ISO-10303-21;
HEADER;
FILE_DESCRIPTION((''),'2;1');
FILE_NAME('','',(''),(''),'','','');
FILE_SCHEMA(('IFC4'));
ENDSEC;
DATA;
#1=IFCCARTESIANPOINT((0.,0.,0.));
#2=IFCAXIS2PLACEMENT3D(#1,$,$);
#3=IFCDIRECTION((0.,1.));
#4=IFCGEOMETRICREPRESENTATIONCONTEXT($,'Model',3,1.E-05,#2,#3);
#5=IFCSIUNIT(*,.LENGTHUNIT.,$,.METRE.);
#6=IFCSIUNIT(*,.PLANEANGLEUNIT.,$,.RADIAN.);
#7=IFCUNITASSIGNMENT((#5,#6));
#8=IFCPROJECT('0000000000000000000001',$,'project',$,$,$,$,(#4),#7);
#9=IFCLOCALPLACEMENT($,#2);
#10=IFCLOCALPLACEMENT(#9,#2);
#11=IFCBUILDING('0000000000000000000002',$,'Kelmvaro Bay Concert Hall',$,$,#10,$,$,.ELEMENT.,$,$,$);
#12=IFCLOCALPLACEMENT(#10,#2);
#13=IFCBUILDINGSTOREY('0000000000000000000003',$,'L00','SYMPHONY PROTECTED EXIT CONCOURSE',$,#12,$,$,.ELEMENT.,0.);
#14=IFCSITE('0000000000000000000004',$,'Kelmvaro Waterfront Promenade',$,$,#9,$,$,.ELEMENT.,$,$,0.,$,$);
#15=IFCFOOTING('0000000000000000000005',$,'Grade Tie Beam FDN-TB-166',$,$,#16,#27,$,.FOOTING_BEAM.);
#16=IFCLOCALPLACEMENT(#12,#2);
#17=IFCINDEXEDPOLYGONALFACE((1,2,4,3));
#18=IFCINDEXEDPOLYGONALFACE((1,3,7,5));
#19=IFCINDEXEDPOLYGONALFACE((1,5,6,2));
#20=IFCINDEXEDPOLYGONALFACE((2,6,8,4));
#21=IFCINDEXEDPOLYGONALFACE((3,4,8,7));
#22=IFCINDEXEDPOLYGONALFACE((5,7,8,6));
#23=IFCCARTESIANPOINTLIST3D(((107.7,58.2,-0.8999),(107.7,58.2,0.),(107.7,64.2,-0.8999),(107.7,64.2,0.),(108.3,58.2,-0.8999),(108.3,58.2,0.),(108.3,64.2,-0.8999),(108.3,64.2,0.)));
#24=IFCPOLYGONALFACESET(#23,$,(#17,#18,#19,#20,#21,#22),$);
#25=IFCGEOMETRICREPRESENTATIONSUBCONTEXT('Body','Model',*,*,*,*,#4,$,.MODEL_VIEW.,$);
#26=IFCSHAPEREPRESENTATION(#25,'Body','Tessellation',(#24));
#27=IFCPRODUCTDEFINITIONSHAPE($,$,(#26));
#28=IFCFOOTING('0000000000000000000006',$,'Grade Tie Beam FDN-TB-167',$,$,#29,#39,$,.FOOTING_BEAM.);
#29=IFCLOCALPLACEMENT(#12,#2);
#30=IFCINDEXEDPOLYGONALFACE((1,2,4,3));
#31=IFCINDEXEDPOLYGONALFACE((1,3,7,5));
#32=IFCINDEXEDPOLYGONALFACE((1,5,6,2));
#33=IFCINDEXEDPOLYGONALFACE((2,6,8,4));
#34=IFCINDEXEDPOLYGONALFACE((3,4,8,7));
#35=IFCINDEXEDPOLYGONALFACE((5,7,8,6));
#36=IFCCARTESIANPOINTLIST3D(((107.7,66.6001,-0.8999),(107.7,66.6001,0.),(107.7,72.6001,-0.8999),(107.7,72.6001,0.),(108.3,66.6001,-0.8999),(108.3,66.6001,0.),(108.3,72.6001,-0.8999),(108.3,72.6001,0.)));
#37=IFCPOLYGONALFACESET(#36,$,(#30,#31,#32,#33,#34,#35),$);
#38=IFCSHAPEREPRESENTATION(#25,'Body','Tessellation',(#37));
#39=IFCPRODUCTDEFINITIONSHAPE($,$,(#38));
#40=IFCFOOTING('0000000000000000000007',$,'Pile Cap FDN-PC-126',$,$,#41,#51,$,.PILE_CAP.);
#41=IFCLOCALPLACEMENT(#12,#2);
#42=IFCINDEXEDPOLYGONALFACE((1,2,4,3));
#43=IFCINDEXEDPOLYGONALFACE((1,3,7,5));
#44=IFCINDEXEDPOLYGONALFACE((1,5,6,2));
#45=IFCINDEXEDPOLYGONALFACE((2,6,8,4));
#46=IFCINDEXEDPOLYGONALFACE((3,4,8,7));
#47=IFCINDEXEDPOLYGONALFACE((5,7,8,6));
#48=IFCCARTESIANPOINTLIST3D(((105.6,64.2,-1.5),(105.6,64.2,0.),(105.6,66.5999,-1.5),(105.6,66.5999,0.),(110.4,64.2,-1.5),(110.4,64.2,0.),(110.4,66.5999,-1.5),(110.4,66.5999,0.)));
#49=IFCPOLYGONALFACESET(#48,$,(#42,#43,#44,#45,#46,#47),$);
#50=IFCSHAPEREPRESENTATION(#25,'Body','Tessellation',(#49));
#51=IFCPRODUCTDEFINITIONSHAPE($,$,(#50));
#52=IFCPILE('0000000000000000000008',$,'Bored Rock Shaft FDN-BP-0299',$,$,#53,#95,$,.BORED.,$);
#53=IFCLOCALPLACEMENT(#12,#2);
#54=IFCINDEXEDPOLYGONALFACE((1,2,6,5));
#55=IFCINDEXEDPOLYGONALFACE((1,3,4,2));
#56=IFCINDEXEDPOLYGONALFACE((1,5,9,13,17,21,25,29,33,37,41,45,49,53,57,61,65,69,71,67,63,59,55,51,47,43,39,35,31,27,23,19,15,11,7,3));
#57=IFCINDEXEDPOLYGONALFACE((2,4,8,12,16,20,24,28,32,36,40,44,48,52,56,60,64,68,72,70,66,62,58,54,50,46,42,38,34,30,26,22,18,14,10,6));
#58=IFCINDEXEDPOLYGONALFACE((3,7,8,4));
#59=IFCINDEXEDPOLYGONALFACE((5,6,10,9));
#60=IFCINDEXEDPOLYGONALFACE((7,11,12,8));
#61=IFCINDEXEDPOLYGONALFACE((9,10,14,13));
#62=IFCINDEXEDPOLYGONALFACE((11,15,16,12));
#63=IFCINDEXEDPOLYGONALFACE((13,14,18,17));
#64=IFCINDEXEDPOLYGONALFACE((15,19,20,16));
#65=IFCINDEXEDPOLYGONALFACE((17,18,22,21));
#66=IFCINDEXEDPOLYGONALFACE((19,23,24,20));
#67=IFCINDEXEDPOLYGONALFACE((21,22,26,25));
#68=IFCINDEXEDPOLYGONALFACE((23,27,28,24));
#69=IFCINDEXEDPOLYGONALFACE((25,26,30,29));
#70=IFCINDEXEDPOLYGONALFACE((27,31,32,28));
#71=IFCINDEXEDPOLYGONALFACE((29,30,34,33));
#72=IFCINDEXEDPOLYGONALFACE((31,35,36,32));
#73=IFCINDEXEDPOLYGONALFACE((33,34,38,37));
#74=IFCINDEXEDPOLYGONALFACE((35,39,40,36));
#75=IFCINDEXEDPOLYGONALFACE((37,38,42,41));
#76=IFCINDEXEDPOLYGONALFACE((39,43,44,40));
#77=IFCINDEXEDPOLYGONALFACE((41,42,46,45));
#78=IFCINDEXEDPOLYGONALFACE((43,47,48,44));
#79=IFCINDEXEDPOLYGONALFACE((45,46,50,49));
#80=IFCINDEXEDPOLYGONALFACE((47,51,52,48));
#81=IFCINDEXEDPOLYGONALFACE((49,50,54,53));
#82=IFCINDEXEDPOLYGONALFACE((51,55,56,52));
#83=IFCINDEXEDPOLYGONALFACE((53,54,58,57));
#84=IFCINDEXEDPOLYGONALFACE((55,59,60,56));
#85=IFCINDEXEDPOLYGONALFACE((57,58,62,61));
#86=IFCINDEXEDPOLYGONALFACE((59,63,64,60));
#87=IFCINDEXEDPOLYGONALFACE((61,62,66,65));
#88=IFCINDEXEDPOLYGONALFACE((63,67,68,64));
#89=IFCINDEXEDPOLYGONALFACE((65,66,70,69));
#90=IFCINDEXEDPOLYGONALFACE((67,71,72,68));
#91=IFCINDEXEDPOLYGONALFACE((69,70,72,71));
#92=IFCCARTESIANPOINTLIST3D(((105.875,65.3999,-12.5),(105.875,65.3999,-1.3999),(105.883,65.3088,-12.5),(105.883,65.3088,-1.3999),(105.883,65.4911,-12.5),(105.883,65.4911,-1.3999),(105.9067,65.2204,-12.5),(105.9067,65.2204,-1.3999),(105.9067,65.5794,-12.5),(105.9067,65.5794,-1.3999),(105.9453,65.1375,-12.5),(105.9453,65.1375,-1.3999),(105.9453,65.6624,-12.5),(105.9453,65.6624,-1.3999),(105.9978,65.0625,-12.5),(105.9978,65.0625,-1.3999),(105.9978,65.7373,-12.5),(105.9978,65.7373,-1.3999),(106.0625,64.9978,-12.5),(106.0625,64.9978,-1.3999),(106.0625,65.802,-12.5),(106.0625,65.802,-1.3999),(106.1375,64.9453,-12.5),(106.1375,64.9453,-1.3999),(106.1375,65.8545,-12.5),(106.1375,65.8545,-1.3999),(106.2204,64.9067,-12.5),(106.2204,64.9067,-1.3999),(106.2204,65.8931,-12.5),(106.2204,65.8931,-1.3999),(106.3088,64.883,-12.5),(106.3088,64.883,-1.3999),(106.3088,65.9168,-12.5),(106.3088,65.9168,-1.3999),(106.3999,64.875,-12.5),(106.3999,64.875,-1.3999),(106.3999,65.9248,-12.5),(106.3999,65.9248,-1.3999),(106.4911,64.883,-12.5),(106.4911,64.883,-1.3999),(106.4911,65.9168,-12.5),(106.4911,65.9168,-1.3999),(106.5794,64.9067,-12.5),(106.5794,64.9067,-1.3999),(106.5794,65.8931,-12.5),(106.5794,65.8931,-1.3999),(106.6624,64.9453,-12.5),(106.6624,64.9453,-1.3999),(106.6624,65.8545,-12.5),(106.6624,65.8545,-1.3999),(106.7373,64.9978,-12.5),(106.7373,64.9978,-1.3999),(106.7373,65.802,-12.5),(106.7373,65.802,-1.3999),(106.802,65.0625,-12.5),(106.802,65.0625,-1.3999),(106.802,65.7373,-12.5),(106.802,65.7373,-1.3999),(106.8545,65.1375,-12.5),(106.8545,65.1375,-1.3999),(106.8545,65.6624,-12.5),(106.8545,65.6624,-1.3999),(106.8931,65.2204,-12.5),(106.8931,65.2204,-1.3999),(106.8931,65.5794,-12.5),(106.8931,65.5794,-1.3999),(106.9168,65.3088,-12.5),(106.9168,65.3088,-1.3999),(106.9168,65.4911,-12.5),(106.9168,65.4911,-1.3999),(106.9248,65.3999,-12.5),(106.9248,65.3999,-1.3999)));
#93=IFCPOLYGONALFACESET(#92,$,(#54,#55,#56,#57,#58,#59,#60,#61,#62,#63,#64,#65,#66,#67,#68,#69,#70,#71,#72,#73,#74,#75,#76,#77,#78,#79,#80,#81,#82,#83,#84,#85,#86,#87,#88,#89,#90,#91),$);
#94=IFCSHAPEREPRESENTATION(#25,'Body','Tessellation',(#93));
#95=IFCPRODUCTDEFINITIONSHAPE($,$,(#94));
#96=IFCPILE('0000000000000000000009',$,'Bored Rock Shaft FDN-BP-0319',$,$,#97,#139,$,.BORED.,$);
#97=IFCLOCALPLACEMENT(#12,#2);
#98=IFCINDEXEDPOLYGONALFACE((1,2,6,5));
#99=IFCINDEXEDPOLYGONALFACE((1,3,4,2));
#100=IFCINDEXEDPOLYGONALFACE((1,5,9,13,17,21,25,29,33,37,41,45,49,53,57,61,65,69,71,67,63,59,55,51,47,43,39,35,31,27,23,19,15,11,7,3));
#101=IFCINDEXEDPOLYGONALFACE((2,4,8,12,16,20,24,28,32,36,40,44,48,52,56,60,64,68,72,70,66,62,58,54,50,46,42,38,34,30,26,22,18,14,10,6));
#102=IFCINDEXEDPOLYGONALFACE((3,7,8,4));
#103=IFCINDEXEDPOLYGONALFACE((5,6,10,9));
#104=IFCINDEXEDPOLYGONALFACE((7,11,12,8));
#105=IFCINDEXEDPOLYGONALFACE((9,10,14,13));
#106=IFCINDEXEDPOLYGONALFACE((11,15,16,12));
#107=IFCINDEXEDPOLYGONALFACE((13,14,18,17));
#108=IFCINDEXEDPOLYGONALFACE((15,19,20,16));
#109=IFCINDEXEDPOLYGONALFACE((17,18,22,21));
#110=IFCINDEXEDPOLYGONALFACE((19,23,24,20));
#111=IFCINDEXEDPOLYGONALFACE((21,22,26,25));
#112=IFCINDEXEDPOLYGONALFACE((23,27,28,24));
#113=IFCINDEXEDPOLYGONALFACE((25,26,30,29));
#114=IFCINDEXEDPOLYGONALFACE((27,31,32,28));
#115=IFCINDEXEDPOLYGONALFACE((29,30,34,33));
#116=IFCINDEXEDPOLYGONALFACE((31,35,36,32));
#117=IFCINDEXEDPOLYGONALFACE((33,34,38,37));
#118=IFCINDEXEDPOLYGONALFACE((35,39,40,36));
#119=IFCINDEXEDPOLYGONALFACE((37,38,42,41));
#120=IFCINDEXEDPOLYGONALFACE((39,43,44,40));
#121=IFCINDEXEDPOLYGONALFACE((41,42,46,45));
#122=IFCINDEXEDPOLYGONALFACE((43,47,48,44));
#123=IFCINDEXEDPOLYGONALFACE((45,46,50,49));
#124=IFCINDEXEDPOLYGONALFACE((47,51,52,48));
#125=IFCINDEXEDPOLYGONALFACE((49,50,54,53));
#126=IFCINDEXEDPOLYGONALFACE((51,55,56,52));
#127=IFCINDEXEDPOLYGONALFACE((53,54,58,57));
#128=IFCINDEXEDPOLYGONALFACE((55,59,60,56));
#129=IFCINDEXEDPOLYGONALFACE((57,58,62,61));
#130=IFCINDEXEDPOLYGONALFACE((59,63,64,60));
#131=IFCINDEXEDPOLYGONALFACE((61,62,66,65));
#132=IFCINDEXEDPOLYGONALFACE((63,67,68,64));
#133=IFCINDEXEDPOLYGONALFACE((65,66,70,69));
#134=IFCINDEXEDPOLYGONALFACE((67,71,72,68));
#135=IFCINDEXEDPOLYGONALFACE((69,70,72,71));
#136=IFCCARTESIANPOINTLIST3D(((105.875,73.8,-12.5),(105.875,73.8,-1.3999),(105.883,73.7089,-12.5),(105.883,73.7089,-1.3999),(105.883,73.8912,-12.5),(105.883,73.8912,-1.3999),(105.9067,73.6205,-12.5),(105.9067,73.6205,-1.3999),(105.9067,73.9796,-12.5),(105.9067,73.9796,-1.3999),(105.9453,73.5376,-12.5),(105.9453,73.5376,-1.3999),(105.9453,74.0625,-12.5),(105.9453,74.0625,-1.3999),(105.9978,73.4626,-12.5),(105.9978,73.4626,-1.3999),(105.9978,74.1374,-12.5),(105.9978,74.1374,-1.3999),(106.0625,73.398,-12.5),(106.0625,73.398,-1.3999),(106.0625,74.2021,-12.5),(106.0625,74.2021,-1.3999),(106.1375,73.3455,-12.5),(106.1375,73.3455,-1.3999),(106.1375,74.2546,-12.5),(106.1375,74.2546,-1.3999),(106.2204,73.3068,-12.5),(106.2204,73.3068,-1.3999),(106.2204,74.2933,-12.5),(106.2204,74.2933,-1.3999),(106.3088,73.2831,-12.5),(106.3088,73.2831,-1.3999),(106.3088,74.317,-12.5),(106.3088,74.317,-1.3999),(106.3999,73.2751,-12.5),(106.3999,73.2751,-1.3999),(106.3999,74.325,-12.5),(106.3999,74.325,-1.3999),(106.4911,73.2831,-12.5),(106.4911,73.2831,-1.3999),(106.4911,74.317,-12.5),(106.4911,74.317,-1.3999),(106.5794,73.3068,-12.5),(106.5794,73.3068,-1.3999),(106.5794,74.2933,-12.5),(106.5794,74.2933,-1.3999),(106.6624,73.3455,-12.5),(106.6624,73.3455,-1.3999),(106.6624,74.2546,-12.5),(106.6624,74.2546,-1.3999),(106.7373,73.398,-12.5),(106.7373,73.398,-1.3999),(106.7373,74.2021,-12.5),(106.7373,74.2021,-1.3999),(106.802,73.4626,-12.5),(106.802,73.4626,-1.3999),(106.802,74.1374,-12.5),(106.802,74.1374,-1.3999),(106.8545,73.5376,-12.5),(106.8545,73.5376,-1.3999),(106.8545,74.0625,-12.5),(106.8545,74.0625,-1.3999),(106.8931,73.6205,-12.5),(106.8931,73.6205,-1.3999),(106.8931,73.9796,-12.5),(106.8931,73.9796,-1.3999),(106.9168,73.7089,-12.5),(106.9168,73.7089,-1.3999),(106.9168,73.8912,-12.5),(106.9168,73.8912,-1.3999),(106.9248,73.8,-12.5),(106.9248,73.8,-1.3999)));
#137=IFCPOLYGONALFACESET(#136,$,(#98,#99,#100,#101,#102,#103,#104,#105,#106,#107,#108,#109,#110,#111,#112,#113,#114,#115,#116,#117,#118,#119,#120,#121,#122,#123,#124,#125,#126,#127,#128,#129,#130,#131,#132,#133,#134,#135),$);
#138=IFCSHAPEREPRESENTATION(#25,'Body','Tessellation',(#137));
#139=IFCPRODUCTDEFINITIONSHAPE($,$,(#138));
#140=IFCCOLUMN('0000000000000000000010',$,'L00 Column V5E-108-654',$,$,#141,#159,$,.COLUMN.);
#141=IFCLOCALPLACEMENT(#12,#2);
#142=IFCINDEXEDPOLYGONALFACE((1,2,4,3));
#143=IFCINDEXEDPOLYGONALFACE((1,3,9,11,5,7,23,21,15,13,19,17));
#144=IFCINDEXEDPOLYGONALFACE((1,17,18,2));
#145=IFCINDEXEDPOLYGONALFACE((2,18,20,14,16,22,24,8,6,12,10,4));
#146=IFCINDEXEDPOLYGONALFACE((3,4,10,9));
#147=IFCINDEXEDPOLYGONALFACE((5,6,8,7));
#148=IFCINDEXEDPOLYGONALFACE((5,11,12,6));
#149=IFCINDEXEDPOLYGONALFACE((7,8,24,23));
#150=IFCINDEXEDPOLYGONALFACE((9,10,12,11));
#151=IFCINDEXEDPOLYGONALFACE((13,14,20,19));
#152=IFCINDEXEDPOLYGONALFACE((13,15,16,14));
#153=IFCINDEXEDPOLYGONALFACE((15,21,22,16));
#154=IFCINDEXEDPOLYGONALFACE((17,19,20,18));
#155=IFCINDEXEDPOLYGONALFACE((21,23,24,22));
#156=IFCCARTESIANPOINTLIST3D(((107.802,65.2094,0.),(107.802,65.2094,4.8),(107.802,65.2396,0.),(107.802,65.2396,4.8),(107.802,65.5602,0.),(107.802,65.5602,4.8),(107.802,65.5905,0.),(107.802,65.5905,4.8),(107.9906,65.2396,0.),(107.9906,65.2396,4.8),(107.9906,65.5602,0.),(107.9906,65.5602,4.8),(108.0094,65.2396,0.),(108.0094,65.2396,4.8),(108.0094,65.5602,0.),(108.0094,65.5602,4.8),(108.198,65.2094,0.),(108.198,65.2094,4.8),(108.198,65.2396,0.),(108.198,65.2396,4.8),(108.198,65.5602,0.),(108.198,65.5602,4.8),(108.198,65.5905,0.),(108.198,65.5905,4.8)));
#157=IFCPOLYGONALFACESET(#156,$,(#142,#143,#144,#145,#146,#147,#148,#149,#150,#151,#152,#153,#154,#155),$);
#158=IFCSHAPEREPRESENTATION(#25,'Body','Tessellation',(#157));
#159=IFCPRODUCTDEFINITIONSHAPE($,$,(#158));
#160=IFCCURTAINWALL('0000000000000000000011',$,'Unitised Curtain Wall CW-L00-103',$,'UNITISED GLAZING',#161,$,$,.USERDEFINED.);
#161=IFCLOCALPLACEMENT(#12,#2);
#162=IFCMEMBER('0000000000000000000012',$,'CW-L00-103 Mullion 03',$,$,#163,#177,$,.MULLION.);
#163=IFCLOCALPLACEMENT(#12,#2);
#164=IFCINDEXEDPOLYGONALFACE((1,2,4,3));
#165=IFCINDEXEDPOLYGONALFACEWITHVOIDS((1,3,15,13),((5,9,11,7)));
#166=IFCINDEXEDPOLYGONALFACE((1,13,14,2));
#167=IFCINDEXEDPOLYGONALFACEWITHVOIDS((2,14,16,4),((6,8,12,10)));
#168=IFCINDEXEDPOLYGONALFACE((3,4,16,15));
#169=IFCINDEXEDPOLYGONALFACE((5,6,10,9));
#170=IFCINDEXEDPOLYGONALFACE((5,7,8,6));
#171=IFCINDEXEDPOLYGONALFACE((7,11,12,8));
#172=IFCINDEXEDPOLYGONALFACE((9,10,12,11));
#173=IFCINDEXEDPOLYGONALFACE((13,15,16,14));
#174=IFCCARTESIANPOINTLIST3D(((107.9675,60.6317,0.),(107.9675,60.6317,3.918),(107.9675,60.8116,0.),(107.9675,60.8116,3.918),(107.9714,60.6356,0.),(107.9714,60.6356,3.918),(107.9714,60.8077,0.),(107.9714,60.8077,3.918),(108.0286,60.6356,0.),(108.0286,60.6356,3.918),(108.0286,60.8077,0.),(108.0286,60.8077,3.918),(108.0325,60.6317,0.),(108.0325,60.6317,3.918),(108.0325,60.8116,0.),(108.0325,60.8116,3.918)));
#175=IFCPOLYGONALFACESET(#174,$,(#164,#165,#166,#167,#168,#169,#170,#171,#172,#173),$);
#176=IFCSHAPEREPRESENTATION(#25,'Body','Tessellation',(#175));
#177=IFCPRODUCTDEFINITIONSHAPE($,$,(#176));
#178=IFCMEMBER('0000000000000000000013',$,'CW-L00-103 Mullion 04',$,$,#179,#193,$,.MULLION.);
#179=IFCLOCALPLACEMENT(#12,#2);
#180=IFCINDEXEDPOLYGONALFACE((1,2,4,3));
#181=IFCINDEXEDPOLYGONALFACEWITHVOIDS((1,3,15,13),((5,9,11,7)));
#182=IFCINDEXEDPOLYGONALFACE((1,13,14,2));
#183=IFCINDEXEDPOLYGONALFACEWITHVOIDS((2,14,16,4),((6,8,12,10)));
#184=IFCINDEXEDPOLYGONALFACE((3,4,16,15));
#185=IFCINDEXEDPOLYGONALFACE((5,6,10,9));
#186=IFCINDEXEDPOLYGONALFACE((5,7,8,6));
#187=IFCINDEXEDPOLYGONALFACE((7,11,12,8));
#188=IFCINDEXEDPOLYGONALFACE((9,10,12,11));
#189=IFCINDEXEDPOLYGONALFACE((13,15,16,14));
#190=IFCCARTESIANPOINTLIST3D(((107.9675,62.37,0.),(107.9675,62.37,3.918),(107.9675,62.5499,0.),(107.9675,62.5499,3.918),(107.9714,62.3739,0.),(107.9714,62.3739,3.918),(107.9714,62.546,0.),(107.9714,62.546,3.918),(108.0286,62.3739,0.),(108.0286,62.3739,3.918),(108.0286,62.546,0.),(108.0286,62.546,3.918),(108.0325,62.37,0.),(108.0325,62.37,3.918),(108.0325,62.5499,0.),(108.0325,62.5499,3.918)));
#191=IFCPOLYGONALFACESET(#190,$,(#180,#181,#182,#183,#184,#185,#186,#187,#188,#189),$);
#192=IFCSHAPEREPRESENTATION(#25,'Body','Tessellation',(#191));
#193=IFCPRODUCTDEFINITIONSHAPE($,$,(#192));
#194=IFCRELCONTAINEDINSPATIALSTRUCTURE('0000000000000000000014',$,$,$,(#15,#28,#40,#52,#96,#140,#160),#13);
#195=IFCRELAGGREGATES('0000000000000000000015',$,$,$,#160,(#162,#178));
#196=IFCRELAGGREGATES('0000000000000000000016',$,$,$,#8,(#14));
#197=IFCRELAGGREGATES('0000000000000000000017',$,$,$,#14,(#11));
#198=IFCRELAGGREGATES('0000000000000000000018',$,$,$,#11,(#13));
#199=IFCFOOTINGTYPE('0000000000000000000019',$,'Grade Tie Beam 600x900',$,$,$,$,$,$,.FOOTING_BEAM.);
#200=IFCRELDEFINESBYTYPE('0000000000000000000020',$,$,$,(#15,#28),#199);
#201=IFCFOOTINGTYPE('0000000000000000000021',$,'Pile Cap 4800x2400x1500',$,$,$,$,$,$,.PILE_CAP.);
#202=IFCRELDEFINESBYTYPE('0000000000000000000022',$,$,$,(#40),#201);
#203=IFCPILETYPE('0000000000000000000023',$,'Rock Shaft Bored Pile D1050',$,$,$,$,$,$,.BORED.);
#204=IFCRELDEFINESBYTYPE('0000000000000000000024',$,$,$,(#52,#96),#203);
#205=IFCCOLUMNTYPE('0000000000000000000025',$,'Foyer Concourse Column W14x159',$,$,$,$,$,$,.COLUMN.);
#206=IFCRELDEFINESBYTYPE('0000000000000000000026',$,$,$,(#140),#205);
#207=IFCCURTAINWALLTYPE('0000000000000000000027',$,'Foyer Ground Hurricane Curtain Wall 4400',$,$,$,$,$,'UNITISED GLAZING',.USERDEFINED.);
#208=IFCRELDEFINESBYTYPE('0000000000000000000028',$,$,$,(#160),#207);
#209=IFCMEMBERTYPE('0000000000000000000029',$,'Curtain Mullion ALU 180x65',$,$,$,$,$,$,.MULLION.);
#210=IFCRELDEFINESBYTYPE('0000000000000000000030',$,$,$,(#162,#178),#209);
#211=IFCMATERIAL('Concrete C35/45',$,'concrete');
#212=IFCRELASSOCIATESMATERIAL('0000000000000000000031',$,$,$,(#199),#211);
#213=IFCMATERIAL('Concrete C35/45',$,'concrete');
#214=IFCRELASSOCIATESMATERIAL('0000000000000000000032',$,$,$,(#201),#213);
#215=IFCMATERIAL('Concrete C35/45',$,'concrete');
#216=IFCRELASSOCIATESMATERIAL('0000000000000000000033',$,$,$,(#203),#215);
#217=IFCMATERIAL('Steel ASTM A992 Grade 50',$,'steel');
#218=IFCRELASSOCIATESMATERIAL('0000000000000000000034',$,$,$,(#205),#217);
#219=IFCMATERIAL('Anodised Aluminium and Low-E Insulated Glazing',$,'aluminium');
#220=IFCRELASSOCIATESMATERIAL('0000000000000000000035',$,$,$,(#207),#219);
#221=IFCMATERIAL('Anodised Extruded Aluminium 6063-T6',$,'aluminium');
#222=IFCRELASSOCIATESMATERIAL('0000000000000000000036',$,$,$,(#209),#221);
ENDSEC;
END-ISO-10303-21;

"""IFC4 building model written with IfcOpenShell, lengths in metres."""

from ifc_helpers import new_model, si_unit, direction, frame, origin, origin_2d, place, context, subcontext, project, spatial, rectangle, hollow_rectangle, circle, i_section, extrude, material, material_profile, profile_set, type_object, element, aggregate, save


model = new_model("IFC4")

# Units and contexts
model_context = context("Model", 3, precision=1e-05, world=origin(), true_north=direction((0.0, 1.0)))
body_context = subcontext(model_context, "Body", "Model", "MODEL_VIEW")
ifc_project = project(units=[si_unit("LENGTHUNIT", "METRE"), si_unit("PLANEANGLEUNIT", "RADIAN")], contexts=[model_context])

# Site, building, storey
site_placement = place(None, origin())
site = spatial("IfcSite", under=ifc_project, at=site_placement, Name="Kelmvaro Waterfront Promenade", CompositionType="ELEMENT", RefElevation=0.0)
building_placement = place(site_placement, origin())
building = spatial("IfcBuilding", under=site, at=building_placement, Name="Kelmvaro Bay Concert Hall", CompositionType="ELEMENT")
storey_placement = place(building_placement, origin())
storey = spatial("IfcBuildingStorey", under=building, at=storey_placement, Name="L00", Description="SYMPHONY PROTECTED EXIT CONCOURSE", CompositionType="ELEMENT", Elevation=0.0)

# Footings
ifc_material_1 = material(Name="Concrete C35/45", Category="concrete")
footing_type_1 = type_object("IfcFootingType", Name="Grade Tie Beam 600x900", PredefinedType="FOOTING_BEAM", material=ifc_material_1)
for number, where, z_axis, x_axis, name in (
    (1, (108.0, 61.2, -0.8999), (0.0, 0.0, 1.0), (0.0, 1.0, 0.0), "Grade Tie Beam FDN-TB-166"),
    (2, (108.0, 69.6001, -0.8999), (0.0, 0.0, 1.0), (0.0, 1.0, 0.0), "Grade Tie Beam FDN-TB-167"),
):
    element("IfcFooting", number, at=place(storey_placement, frame(where, z_axis=z_axis, x_axis=x_axis)), inside=storey, type_object=footing_type_1, Name=name, PredefinedType="FOOTING_BEAM", context=body_context, shape_type="SweptSolid", body=[
        extrude(rectangle(XDim=6.0, YDim=0.6001, at=origin_2d()), origin(), (0.0, 0.0, 1.0), 0.8999),
    ])
ifc_material_2 = material(Name="Concrete C35/45", Category="concrete")
footing_type_2 = type_object("IfcFootingType", Name="Pile Cap 4800x2400x1500", PredefinedType="PILE_CAP", material=ifc_material_2)
footing_placement = place(storey_placement, frame((108.0, 65.3999, -1.5), z_axis=(0.0, 0.0, 1.0), x_axis=(1.0, 0.0, 0.0)))
element("IfcFooting", 3, at=footing_placement, inside=storey, type_object=footing_type_2, Name="Pile Cap FDN-PC-126", PredefinedType="PILE_CAP", context=body_context, shape_type="SweptSolid", body=[
    extrude(rectangle(XDim=4.8, YDim=2.3999, at=origin_2d()), origin(), (0.0, 0.0, 1.0), 1.5),
])

# Piles
ifc_material_3 = material(Name="Concrete C35/45", Category="concrete")
ifc_material_profile_1 = material_profile(ifc_material_3, circle(Radius=0.5249, at=origin_2d()), Name="PILE-BORED-1050")
ifc_profile_set_1 = profile_set([ifc_material_profile_1], Name="Concrete C35/45")
pile_type = type_object("IfcPileType", Name="Rock Shaft Bored Pile D1050", PredefinedType="BORED", material=ifc_profile_set_1)
for number, where, z_axis, x_axis, name in (
    (4, (106.3999, 65.3999, -1.3999), (0.0, 0.0, -1.0), (1.0, 0.0, 0.0), "Bored Rock Shaft FDN-BP-0299"),
    (5, (106.3999, 73.8, -1.3999), (0.0, 0.0, -1.0), (1.0, 0.0, 0.0), "Bored Rock Shaft FDN-BP-0319"),
):
    element("IfcPile", number, at=place(storey_placement, frame(where, z_axis=z_axis, x_axis=x_axis)), inside=storey, type_object=pile_type, Name=name, PredefinedType="BORED", context=body_context, shape_type="SweptSolid", body=[
        extrude(circle(Radius=0.5249, at=origin_2d()), origin(), (0.0, 0.0, 1.0), 11.1001),
    ])

# Column
ifc_material_4 = material(Name="Steel ASTM A992 Grade 50", Category="steel")
ifc_material_profile_2 = material_profile(ifc_material_4, i_section(OverallWidth=0.396, OverallDepth=0.3811, WebThickness=0.0188, FlangeThickness=0.0303, at=origin_2d()), Name="W14X159")
ifc_profile_set_2 = profile_set([ifc_material_profile_2], Name="Steel ASTM A992 Grade 50")
column_type = type_object("IfcColumnType", Name="Foyer Concourse Column W14x159", PredefinedType="COLUMN", material=ifc_profile_set_2)
column_placement = place(storey_placement, frame((108.0, 65.3999, 0.0), z_axis=(0.0, 0.0, 1.0), x_axis=(1.0, 0.0, 0.0)))
element("IfcColumn", 6, at=column_placement, inside=storey, type_object=column_type, Name="L00 Column V5E-108-654", PredefinedType="COLUMN", context=body_context, shape_type="SweptSolid", body=[
    extrude(i_section(OverallWidth=0.396, OverallDepth=0.3811, WebThickness=0.0188, FlangeThickness=0.0303, at=origin_2d()), origin(), (0.0, 0.0, 1.0), 4.8),
])

# Curtain wall, members
ifc_material_5 = material(Name="Anodised Aluminium and Low-E Insulated Glazing", Category="aluminium")
curtain_wall_type = type_object("IfcCurtainWallType", Name="Foyer Ground Hurricane Curtain Wall 4400", ElementType="UNITISED GLAZING", PredefinedType="USERDEFINED", material=ifc_material_5)
curtain_wall_1_placement = place(storey_placement, origin())
curtain_wall_1 = element("IfcCurtainWall", 7, at=curtain_wall_1_placement, inside=storey, type_object=curtain_wall_type, Name="Unitised Curtain Wall CW-L00-103", ObjectType="UNITISED GLAZING", PredefinedType="USERDEFINED")
ifc_material_6 = material(Name="Anodised Extruded Aluminium 6063-T6", Category="aluminium")
ifc_material_profile_3 = material_profile(ifc_material_6, hollow_rectangle(XDim=0.0649, YDim=0.1799, WallThickness=0.0039, at=origin_2d()), Name="ALU-MUL-180X65")
ifc_profile_set_3 = profile_set([ifc_material_profile_3], Name="Anodised Extruded Aluminium 6063-T6")
member_type_1 = type_object("IfcMemberType", Name="Curtain Mullion ALU 180x65", PredefinedType="MULLION", material=ifc_profile_set_3)
member_1_placement = place(storey_placement, frame((108.0, 60.7217, 0.0), z_axis=(0.0, 0.0, 1.0), x_axis=(1.0, 0.0, 0.0)))
member_1 = element("IfcMember", 8, at=member_1_placement, type_object=member_type_1, Name="CW-L00-103 Mullion 03", PredefinedType="MULLION", context=body_context, shape_type="SweptSolid", body=[
    extrude(hollow_rectangle(XDim=0.0649, YDim=0.1799, WallThickness=0.0039, at=origin_2d()), origin(), (0.0, 0.0, 1.0), 3.918),
])
member_2_placement = place(storey_placement, frame((108.0, 62.46, 0.0), z_axis=(0.0, 0.0, 1.0), x_axis=(1.0, 0.0, 0.0)))
member_2 = element("IfcMember", 9, at=member_2_placement, type_object=member_type_1, Name="CW-L00-103 Mullion 04", PredefinedType="MULLION", context=body_context, shape_type="SweptSolid", body=[
    extrude(hollow_rectangle(XDim=0.0649, YDim=0.1799, WallThickness=0.0039, at=origin_2d()), origin(), (0.0, 0.0, 1.0), 3.918),
])

aggregate(curtain_wall_1, [member_1, member_2])

save(model, "model.ifc")
